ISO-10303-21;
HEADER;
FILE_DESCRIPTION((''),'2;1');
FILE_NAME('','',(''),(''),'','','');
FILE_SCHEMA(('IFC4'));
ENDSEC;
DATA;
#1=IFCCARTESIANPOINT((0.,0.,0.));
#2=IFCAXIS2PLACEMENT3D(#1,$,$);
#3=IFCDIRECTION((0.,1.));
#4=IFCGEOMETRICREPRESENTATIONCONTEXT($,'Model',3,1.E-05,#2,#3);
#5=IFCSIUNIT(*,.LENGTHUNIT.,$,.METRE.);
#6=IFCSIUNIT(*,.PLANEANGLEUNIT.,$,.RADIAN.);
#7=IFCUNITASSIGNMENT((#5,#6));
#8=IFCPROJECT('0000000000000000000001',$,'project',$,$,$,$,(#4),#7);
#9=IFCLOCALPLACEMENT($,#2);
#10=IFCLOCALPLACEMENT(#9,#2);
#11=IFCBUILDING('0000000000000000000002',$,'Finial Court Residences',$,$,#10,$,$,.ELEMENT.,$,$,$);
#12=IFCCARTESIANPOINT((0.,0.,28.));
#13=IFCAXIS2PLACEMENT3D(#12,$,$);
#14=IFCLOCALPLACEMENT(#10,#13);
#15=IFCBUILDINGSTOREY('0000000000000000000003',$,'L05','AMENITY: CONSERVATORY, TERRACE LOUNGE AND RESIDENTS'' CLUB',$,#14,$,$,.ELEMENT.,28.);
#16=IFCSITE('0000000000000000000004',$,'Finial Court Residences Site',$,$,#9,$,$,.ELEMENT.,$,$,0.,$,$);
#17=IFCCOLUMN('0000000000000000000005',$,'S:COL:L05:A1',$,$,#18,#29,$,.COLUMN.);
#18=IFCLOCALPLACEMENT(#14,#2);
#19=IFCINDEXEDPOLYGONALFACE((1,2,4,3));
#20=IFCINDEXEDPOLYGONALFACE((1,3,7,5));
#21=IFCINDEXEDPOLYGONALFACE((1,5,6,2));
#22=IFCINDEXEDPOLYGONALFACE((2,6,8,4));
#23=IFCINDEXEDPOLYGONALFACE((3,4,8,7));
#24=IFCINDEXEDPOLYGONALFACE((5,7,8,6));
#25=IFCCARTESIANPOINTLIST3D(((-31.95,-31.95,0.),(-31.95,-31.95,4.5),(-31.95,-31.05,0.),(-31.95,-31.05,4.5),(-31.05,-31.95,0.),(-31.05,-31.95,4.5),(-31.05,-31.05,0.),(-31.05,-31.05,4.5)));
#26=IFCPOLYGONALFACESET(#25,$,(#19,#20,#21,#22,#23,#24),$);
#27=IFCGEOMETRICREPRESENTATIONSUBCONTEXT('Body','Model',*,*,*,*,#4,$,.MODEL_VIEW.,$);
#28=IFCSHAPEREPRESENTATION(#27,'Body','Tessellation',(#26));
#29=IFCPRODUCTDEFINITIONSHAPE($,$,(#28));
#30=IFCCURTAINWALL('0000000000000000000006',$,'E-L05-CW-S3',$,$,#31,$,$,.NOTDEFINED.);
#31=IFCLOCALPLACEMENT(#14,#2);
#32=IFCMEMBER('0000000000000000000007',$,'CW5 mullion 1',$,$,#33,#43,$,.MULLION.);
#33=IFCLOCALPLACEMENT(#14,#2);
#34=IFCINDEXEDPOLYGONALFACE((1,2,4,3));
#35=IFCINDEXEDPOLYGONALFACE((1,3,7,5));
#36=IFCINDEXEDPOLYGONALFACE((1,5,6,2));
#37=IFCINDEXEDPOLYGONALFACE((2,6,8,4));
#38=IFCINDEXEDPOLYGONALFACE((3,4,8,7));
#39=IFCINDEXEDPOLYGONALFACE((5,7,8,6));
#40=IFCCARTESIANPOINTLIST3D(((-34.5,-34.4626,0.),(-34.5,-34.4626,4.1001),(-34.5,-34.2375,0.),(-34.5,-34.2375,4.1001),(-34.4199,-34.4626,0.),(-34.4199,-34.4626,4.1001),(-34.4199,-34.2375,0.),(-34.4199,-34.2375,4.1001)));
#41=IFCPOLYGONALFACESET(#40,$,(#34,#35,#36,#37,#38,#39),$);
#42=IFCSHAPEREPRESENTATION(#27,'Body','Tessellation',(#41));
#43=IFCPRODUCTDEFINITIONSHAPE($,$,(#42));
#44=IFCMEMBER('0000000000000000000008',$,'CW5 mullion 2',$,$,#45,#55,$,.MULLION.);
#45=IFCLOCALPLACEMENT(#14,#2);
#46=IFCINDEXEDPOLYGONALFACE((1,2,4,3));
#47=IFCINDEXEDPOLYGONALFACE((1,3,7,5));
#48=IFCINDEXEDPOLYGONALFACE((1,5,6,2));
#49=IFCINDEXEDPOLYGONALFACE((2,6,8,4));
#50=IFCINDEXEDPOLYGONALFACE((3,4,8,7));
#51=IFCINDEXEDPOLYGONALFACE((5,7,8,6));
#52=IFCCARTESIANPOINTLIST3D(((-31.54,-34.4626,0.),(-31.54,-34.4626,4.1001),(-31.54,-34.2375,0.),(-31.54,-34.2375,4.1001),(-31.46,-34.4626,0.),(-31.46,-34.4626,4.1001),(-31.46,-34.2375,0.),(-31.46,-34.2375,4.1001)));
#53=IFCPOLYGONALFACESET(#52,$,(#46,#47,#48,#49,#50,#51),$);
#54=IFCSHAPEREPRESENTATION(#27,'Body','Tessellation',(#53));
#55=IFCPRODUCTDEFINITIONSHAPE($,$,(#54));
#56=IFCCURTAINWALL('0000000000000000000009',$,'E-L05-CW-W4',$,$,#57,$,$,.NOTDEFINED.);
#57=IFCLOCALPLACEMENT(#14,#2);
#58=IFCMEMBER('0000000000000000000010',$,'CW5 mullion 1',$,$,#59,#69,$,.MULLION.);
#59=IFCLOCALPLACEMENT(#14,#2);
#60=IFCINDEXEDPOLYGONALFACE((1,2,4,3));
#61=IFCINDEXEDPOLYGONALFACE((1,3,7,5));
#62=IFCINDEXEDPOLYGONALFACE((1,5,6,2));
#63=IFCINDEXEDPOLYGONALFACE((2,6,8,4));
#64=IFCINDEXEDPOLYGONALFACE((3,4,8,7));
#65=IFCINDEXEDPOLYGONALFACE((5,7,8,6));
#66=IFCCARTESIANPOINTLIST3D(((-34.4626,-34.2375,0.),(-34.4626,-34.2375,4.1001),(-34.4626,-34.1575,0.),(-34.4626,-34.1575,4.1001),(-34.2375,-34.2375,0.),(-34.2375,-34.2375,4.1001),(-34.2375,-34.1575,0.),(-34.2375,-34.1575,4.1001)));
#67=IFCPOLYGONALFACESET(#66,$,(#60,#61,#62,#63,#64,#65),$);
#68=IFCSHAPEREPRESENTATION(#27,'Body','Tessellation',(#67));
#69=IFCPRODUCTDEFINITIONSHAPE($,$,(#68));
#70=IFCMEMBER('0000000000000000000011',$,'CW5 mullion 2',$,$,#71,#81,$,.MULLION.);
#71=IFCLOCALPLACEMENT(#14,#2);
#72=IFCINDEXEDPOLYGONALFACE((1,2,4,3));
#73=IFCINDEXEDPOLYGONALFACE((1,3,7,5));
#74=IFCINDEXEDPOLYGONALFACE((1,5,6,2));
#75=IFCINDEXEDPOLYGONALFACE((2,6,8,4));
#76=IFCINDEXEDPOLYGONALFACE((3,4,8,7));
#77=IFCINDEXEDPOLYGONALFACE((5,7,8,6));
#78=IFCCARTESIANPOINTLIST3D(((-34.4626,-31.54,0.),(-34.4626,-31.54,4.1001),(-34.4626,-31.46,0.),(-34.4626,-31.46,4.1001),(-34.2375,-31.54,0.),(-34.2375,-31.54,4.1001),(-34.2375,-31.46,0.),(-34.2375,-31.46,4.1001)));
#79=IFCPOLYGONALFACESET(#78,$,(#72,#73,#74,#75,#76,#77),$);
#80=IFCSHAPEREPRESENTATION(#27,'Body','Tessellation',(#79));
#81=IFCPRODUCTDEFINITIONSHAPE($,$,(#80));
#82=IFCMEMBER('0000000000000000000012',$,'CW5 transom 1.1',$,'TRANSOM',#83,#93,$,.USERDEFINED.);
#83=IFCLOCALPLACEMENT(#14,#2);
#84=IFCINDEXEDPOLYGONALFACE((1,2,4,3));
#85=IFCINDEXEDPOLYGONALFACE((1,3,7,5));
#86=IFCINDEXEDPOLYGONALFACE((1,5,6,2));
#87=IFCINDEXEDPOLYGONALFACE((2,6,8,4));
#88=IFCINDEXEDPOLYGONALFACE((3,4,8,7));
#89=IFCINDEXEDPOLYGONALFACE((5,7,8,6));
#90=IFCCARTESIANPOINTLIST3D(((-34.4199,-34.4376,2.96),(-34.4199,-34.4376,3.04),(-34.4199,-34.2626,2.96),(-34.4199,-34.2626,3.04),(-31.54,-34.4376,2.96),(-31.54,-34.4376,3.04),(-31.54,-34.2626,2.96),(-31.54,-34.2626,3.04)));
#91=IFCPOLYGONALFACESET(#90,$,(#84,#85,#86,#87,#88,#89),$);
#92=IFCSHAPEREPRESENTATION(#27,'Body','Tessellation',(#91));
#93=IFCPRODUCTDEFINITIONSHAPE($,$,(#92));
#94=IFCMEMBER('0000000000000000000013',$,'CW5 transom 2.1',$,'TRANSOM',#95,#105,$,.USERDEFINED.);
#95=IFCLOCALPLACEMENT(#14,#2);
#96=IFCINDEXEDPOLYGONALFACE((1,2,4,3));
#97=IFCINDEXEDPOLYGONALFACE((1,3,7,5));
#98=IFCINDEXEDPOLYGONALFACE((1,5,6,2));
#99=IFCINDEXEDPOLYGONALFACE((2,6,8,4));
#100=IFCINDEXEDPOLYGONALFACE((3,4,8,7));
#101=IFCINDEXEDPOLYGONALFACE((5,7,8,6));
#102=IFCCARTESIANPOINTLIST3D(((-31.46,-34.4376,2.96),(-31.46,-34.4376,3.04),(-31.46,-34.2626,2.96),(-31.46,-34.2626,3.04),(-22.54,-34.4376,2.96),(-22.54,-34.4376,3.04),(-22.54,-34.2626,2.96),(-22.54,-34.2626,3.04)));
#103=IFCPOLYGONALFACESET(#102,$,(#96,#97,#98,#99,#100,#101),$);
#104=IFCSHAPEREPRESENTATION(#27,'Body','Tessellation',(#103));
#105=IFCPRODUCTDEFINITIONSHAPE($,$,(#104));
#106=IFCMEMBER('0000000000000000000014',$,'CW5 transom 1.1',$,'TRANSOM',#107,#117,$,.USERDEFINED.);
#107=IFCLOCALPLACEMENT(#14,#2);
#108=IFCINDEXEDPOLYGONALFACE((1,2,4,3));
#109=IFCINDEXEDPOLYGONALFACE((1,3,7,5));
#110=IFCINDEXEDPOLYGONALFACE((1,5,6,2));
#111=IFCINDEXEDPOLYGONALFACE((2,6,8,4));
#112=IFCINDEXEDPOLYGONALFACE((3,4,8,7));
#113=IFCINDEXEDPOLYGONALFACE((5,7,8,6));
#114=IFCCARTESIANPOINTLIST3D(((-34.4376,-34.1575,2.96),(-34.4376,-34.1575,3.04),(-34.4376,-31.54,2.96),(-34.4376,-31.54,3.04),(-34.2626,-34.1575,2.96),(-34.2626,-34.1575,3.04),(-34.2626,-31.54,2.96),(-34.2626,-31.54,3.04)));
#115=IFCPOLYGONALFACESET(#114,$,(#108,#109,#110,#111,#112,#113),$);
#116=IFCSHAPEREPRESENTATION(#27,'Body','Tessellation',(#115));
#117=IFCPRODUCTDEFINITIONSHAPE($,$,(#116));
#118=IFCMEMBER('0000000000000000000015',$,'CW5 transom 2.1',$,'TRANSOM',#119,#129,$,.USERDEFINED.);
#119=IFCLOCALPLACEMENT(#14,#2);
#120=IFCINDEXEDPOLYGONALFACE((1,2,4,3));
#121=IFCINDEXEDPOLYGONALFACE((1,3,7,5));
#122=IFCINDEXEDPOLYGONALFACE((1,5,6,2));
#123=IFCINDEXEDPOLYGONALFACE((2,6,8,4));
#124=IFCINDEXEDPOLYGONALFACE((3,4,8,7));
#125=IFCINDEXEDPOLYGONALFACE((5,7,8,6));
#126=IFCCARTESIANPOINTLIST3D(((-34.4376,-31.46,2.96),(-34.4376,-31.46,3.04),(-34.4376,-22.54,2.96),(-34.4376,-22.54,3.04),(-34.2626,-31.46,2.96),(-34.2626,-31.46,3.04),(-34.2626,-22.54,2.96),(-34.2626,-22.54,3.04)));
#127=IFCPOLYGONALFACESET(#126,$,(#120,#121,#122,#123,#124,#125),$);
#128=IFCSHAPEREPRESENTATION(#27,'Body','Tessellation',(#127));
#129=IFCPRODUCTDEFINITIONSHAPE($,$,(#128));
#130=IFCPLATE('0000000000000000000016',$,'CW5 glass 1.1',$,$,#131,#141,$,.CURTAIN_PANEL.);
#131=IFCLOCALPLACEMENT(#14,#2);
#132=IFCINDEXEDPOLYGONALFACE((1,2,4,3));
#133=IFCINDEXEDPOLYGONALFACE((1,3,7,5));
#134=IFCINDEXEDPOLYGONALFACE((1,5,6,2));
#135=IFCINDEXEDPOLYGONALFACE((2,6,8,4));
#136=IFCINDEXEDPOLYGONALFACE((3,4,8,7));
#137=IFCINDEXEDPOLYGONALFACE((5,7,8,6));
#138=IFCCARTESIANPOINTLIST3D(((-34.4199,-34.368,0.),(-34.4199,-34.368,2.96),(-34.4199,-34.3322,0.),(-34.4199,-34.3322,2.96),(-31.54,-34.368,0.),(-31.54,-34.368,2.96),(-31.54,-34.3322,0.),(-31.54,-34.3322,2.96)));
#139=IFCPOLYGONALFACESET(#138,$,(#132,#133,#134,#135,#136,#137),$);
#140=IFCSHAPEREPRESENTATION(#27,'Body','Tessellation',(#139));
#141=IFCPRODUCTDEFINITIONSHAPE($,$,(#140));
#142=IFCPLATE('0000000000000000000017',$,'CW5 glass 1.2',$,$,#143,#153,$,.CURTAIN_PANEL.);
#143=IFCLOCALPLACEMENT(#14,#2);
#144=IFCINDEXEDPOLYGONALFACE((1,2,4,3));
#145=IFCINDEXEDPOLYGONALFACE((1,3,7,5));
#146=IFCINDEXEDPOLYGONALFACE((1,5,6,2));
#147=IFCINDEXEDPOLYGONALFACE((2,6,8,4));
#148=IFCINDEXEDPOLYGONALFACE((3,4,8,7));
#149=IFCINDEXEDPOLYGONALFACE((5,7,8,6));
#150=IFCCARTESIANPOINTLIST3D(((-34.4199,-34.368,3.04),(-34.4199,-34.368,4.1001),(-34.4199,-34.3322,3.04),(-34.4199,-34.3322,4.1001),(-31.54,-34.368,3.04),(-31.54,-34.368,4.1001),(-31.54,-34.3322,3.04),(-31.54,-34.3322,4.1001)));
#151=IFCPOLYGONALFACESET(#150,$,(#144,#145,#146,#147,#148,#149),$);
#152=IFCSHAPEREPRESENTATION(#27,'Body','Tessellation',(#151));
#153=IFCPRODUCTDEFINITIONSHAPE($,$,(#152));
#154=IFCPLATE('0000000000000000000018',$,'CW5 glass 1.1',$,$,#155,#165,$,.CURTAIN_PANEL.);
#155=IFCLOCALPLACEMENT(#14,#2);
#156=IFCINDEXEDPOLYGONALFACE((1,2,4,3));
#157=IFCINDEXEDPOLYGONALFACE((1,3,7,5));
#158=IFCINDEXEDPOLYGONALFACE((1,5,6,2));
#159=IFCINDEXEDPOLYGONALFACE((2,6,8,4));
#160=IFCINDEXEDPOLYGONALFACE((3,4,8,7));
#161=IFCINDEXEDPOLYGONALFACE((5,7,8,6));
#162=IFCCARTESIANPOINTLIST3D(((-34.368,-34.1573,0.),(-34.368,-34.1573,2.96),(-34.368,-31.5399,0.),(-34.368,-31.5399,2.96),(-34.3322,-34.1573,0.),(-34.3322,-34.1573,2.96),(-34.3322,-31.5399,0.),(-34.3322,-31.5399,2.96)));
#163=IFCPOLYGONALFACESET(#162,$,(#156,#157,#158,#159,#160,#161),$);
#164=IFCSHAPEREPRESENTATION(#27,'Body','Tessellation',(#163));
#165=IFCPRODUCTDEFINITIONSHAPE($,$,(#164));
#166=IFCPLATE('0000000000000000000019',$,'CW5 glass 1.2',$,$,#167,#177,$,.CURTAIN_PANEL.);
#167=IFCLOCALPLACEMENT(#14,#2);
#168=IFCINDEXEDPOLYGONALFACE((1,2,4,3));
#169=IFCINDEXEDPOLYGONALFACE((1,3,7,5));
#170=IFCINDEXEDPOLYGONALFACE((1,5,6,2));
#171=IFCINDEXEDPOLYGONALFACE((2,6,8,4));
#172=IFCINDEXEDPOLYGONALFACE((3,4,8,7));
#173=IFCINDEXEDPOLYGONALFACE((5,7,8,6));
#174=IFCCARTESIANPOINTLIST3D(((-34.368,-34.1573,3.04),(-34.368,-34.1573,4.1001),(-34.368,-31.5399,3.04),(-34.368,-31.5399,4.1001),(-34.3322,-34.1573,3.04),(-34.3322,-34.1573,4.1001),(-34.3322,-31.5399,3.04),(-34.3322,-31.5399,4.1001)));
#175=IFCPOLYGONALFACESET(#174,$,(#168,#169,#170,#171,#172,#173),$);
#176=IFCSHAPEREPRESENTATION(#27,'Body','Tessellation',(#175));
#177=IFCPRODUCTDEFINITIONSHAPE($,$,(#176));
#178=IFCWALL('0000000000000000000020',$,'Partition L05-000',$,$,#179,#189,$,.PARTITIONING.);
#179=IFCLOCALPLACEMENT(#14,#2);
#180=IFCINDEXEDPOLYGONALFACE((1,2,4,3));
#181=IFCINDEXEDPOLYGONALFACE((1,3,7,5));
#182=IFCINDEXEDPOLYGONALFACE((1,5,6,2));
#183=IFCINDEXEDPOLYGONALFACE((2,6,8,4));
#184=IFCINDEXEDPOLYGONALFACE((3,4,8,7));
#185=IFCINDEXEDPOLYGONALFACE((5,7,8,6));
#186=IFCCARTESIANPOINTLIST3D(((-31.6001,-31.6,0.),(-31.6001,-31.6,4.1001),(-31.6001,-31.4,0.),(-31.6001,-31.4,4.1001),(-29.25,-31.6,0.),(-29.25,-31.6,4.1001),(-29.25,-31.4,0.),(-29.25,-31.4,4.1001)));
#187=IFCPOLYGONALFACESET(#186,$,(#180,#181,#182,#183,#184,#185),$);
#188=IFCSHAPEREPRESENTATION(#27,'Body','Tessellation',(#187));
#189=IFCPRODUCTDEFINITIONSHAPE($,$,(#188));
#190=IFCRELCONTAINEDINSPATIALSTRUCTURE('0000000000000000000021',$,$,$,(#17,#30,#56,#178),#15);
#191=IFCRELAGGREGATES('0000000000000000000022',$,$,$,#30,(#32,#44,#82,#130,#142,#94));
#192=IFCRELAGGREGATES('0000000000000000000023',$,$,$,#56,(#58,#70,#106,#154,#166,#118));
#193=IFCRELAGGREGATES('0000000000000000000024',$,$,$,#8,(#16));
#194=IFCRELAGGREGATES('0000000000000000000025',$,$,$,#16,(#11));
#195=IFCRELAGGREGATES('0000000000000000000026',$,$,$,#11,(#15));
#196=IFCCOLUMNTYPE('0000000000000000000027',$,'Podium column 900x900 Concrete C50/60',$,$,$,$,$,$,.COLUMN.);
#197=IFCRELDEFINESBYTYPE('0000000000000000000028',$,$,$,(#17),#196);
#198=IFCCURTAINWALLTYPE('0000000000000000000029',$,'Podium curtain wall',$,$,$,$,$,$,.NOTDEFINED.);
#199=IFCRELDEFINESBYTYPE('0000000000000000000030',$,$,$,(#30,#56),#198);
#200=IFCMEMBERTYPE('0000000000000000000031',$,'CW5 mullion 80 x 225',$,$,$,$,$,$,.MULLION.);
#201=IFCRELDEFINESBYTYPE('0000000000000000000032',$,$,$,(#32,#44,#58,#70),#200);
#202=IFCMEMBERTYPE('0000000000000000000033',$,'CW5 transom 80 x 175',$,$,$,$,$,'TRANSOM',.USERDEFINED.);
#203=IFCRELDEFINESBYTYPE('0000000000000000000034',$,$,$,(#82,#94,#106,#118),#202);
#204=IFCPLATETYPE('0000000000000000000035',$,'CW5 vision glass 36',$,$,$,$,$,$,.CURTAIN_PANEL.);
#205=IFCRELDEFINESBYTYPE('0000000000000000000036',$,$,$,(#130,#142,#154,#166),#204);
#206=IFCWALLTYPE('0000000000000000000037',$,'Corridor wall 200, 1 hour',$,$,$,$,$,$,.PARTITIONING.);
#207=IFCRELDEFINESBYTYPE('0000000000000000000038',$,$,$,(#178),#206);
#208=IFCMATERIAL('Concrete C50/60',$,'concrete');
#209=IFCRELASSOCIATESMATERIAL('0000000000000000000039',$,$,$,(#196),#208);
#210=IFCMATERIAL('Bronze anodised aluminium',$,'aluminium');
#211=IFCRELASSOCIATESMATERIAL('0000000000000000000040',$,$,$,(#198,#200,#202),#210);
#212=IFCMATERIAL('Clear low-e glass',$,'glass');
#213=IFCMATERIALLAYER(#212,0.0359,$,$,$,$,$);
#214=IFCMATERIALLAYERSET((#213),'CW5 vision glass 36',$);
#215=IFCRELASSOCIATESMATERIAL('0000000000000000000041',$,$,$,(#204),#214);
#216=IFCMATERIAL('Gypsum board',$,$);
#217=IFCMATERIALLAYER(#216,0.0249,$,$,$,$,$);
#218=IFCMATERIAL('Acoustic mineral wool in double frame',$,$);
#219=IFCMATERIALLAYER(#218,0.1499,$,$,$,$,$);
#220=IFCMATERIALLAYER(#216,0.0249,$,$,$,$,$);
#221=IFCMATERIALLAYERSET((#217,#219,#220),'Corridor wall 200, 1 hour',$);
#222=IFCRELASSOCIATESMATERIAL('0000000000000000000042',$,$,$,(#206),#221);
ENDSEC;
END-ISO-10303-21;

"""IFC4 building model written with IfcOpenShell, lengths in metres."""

from ifc_helpers import new_model, si_unit, direction, frame, frame_2d, origin, origin_2d, place, context, subcontext, project, spatial, rectangle, extrude, material, layer, layer_set, material_profile, profile_set, type_object, element, aggregate, save


model = new_model("IFC4")

# Units and contexts
model_context = context("Model", 3, precision=1e-05, world=origin(), true_north=direction((0.0, 1.0)))
body_context = subcontext(model_context, "Body", "Model", "MODEL_VIEW")
ifc_project = project(units=[si_unit("LENGTHUNIT", "METRE"), si_unit("PLANEANGLEUNIT", "RADIAN")], contexts=[model_context])

# Site, building, storey
site_placement = place(None, origin())
site = spatial("IfcSite", under=ifc_project, at=site_placement, Name="Finial Court Residences Site", CompositionType="ELEMENT", RefElevation=0.0)
building_placement = place(site_placement, origin())
building = spatial("IfcBuilding", under=site, at=building_placement, Name="Finial Court Residences", CompositionType="ELEMENT")
storey_placement = place(building_placement, frame((0.0, 0.0, 28.0)))
storey = spatial("IfcBuildingStorey", under=building, at=storey_placement, Name="L05", Description="AMENITY: CONSERVATORY, TERRACE LOUNGE AND RESIDENTS' CLUB", CompositionType="ELEMENT", Elevation=28.0)

# Column
ifc_material_1 = material(Name="Concrete C50/60", Category="concrete")
ifc_material_profile_1 = material_profile(ifc_material_1, rectangle(XDim=0.8999, YDim=0.8999, at=origin_2d()), Name="900x900")
ifc_profile_set_1 = profile_set([ifc_material_profile_1], Name="Concrete C50/60")
column_type = type_object("IfcColumnType", Name="Podium column 900x900 Concrete C50/60", PredefinedType="COLUMN", material=ifc_profile_set_1)
column_placement = place(storey_placement, frame((-31.5, -31.5, 0.0), z_axis=(0.0, 0.0, 1.0), x_axis=(1.0, 0.0, 0.0)))
element("IfcColumn", 1, at=column_placement, inside=storey, type_object=column_type, Name="S:COL:L05:A1", PredefinedType="COLUMN", context=body_context, shape_type="SweptSolid", body=[
    extrude(rectangle(XDim=0.8999, YDim=0.8999, at=origin_2d()), origin(), (0.0, 0.0, 1.0), 4.5),
])

# Curtain walls, members
ifc_material_2 = material(Name="Bronze anodised aluminium", Category="aluminium")
curtain_wall_type = type_object("IfcCurtainWallType", Name="Podium curtain wall", PredefinedType="NOTDEFINED", material=ifc_material_2)
curtain_wall_1_placement = place(storey_placement, origin())
curtain_wall_1 = element("IfcCurtainWall", 2, at=curtain_wall_1_placement, inside=storey, type_object=curtain_wall_type, Name="E-L05-CW-S3", PredefinedType="NOTDEFINED")
ifc_material_profile_2 = material_profile(ifc_material_2, rectangle(XDim=0.2251, YDim=0.0801, at=origin_2d()), Name="CW5 mullion 80 x 225")
ifc_profile_set_2 = profile_set([ifc_material_profile_2], Name="Bronze anodised aluminium")
member_type_1 = type_object("IfcMemberType", Name="CW5 mullion 80 x 225", PredefinedType="MULLION", material=ifc_profile_set_2)
member_1_placement = place(storey_placement, frame((-34.46, -34.3501, 0.0), z_axis=(0.0, 0.0, 1.0), x_axis=(0.0, 1.0, 0.0)))
member_1 = element("IfcMember", 3, at=member_1_placement, type_object=member_type_1, Name="CW5 mullion 1", PredefinedType="MULLION", context=body_context, shape_type="SweptSolid", body=[
    extrude(rectangle(XDim=0.2251, YDim=0.0801, at=origin_2d()), origin(), (0.0, 0.0, 1.0), 4.1001),
])
member_2_placement = place(storey_placement, frame((-31.5, -34.3501, 0.0), z_axis=(0.0, 0.0, 1.0), x_axis=(0.0, 1.0, 0.0)))
member_2 = element("IfcMember", 4, at=member_2_placement, type_object=member_type_1, Name="CW5 mullion 2", PredefinedType="MULLION", context=body_context, shape_type="SweptSolid", body=[
    extrude(rectangle(XDim=0.2251, YDim=0.0801, at=origin_2d()), origin(), (0.0, 0.0, 1.0), 4.1001),
])
curtain_wall_2_placement = place(storey_placement, origin())
curtain_wall_2 = element("IfcCurtainWall", 5, at=curtain_wall_2_placement, inside=storey, type_object=curtain_wall_type, Name="E-L05-CW-W4", PredefinedType="NOTDEFINED")
member_3_placement = place(storey_placement, frame((-34.3501, -34.1975, 0.0), z_axis=(0.0, 0.0, 1.0), x_axis=(-1.0, 0.0, 0.0)))
member_3 = element("IfcMember", 6, at=member_3_placement, type_object=member_type_1, Name="CW5 mullion 1", PredefinedType="MULLION", context=body_context, shape_type="SweptSolid", body=[
    extrude(rectangle(XDim=0.2251, YDim=0.0801, at=origin_2d()), origin(), (0.0, 0.0, 1.0), 4.1001),
])
member_4_placement = place(storey_placement, frame((-34.3501, -31.5, 0.0), z_axis=(0.0, 0.0, 1.0), x_axis=(-1.0, 0.0, 0.0)))
member_4 = element("IfcMember", 7, at=member_4_placement, type_object=member_type_1, Name="CW5 mullion 2", PredefinedType="MULLION", context=body_context, shape_type="SweptSolid", body=[
    extrude(rectangle(XDim=0.2251, YDim=0.0801, at=origin_2d()), origin(), (0.0, 0.0, 1.0), 4.1001),
])

# Members
ifc_material_profile_3 = material_profile(ifc_material_2, rectangle(XDim=0.175, YDim=0.0801, at=origin_2d()), Name="CW5 transom 80 x 175")
ifc_profile_set_3 = profile_set([ifc_material_profile_3], Name="Bronze anodised aluminium")
member_type_2 = type_object("IfcMemberType", Name="CW5 transom 80 x 175", ElementType="TRANSOM", PredefinedType="USERDEFINED", material=ifc_profile_set_3)
member_5_placement = place(storey_placement, frame((-34.4199, -34.3501, 3.0), z_axis=(1.0, 0.0, 0.0), x_axis=(0.0, 1.0, 0.0)))
member_5 = element("IfcMember", 8, at=member_5_placement, type_object=member_type_2, Name="CW5 transom 1.1", ObjectType="TRANSOM", PredefinedType="USERDEFINED", context=body_context, shape_type="SweptSolid", body=[
    extrude(rectangle(XDim=0.175, YDim=0.0801, at=origin_2d()), origin(), (0.0, 0.0, 1.0), 2.8799),
])
member_6_placement = place(storey_placement, frame((-31.46, -34.3501, 3.0), z_axis=(1.0, 0.0, 0.0), x_axis=(0.0, 1.0, 0.0)))
member_6 = element("IfcMember", 9, at=member_6_placement, type_object=member_type_2, Name="CW5 transom 2.1", ObjectType="TRANSOM", PredefinedType="USERDEFINED", context=body_context, shape_type="SweptSolid", body=[
    extrude(rectangle(XDim=0.175, YDim=0.0801, at=origin_2d()), origin(), (0.0, 0.0, 1.0), 8.9199),
])
member_7_placement = place(storey_placement, frame((-34.3501, -34.1575, 3.0), z_axis=(0.0, 1.0, 0.0), x_axis=(-1.0, 0.0, 0.0)))
member_7 = element("IfcMember", 10, at=member_7_placement, type_object=member_type_2, Name="CW5 transom 1.1", ObjectType="TRANSOM", PredefinedType="USERDEFINED", context=body_context, shape_type="SweptSolid", body=[
    extrude(rectangle(XDim=0.175, YDim=0.0801, at=origin_2d()), origin(), (0.0, 0.0, 1.0), 2.6174),
])
member_8_placement = place(storey_placement, frame((-34.3501, -31.46, 3.0), z_axis=(0.0, 1.0, 0.0), x_axis=(-1.0, 0.0, 0.0)))
member_8 = element("IfcMember", 11, at=member_8_placement, type_object=member_type_2, Name="CW5 transom 2.1", ObjectType="TRANSOM", PredefinedType="USERDEFINED", context=body_context, shape_type="SweptSolid", body=[
    extrude(rectangle(XDim=0.175, YDim=0.0801, at=origin_2d()), origin(), (0.0, 0.0, 1.0), 8.9199),
])

# Plates
ifc_material_3 = material(Name="Clear low-e glass", Category="glass")
ifc_layer_1 = layer(ifc_material_3, 0.0359)
ifc_layer_set_1 = layer_set([ifc_layer_1], Name="CW5 vision glass 36")
plate_type = type_object("IfcPlateType", Name="CW5 vision glass 36", PredefinedType="CURTAIN_PANEL", material=ifc_layer_set_1)
plate_1_placement = place(storey_placement, frame((-32.98, -34.3501, 0.0), z_axis=(0.0, 0.0, 1.0), x_axis=(1.0, 0.0, 0.0)))
plate_1 = element("IfcPlate", 12, at=plate_1_placement, type_object=plate_type, Name="CW5 glass 1.1", PredefinedType="CURTAIN_PANEL", context=body_context, shape_type="SweptSolid", body=[
    extrude(rectangle(XDim=2.8799, YDim=0.0359, at=origin_2d()), origin(), (0.0, 0.0, 1.0), 2.96),
])
plate_2_placement = place(storey_placement, frame((-32.98, -34.3501, 3.04), z_axis=(0.0, 0.0, 1.0), x_axis=(1.0, 0.0, 0.0)))
plate_2 = element("IfcPlate", 13, at=plate_2_placement, type_object=plate_type, Name="CW5 glass 1.2", PredefinedType="CURTAIN_PANEL", context=body_context, shape_type="SweptSolid", body=[
    extrude(rectangle(XDim=2.8799, YDim=0.0359, at=origin_2d()), origin(), (0.0, 0.0, 1.0), 1.0601),
])
aggregate(curtain_wall_1, [member_1, member_2, member_5, plate_1, plate_2, member_6])
plate_3_placement = place(storey_placement, frame((-34.3501, -32.8486, 0.0), z_axis=(0.0, 0.0, 1.0), x_axis=(0.0, 1.0, 0.0)))
plate_3 = element("IfcPlate", 14, at=plate_3_placement, type_object=plate_type, Name="CW5 glass 1.1", PredefinedType="CURTAIN_PANEL", context=body_context, shape_type="SweptSolid", body=[
    extrude(rectangle(XDim=2.6174, YDim=0.0359, at=origin_2d()), origin(), (0.0, 0.0, 1.0), 2.96),
])
plate_4_placement = place(storey_placement, frame((-34.3501, -32.8486, 3.04), z_axis=(0.0, 0.0, 1.0), x_axis=(0.0, 1.0, 0.0)))
plate_4 = element("IfcPlate", 15, at=plate_4_placement, type_object=plate_type, Name="CW5 glass 1.2", PredefinedType="CURTAIN_PANEL", context=body_context, shape_type="SweptSolid", body=[
    extrude(rectangle(XDim=2.6174, YDim=0.0359, at=origin_2d()), origin(), (0.0, 0.0, 1.0), 1.0601),
])
aggregate(curtain_wall_2, [member_3, member_4, member_7, plate_3, plate_4, member_8])

# Wall
ifc_material_4 = material(Name="Gypsum board")
ifc_layer_2 = layer(ifc_material_4, 0.0249)
ifc_material_5 = material(Name="Acoustic mineral wool in double frame")
ifc_layer_3 = layer(ifc_material_5, 0.1499)
ifc_layer_4 = layer(ifc_material_4, 0.0249)
ifc_layer_set_2 = layer_set([ifc_layer_2, ifc_layer_3, ifc_layer_4], Name="Corridor wall 200, 1 hour")
wall_type_1 = type_object("IfcWallType", Name="Corridor wall 200, 1 hour", PredefinedType="PARTITIONING", material=ifc_layer_set_2)
wall_1_placement = place(storey_placement, frame((-31.6001, -31.5, 0.0), z_axis=(0.0, 0.0, 1.0), x_axis=(1.0, 0.0, 0.0)))
element("IfcWall", 16, at=wall_1_placement, inside=storey, type_object=wall_type_1, Name="Partition L05-000", PredefinedType="PARTITIONING", context=body_context, shape_type="SweptSolid", body=[
    extrude(rectangle(XDim=2.3501, YDim=0.2, at=frame_2d((1.175, 0.0))), origin(), (0.0, 0.0, 1.0), 4.1001),
])

save(model, "model.ifc")
